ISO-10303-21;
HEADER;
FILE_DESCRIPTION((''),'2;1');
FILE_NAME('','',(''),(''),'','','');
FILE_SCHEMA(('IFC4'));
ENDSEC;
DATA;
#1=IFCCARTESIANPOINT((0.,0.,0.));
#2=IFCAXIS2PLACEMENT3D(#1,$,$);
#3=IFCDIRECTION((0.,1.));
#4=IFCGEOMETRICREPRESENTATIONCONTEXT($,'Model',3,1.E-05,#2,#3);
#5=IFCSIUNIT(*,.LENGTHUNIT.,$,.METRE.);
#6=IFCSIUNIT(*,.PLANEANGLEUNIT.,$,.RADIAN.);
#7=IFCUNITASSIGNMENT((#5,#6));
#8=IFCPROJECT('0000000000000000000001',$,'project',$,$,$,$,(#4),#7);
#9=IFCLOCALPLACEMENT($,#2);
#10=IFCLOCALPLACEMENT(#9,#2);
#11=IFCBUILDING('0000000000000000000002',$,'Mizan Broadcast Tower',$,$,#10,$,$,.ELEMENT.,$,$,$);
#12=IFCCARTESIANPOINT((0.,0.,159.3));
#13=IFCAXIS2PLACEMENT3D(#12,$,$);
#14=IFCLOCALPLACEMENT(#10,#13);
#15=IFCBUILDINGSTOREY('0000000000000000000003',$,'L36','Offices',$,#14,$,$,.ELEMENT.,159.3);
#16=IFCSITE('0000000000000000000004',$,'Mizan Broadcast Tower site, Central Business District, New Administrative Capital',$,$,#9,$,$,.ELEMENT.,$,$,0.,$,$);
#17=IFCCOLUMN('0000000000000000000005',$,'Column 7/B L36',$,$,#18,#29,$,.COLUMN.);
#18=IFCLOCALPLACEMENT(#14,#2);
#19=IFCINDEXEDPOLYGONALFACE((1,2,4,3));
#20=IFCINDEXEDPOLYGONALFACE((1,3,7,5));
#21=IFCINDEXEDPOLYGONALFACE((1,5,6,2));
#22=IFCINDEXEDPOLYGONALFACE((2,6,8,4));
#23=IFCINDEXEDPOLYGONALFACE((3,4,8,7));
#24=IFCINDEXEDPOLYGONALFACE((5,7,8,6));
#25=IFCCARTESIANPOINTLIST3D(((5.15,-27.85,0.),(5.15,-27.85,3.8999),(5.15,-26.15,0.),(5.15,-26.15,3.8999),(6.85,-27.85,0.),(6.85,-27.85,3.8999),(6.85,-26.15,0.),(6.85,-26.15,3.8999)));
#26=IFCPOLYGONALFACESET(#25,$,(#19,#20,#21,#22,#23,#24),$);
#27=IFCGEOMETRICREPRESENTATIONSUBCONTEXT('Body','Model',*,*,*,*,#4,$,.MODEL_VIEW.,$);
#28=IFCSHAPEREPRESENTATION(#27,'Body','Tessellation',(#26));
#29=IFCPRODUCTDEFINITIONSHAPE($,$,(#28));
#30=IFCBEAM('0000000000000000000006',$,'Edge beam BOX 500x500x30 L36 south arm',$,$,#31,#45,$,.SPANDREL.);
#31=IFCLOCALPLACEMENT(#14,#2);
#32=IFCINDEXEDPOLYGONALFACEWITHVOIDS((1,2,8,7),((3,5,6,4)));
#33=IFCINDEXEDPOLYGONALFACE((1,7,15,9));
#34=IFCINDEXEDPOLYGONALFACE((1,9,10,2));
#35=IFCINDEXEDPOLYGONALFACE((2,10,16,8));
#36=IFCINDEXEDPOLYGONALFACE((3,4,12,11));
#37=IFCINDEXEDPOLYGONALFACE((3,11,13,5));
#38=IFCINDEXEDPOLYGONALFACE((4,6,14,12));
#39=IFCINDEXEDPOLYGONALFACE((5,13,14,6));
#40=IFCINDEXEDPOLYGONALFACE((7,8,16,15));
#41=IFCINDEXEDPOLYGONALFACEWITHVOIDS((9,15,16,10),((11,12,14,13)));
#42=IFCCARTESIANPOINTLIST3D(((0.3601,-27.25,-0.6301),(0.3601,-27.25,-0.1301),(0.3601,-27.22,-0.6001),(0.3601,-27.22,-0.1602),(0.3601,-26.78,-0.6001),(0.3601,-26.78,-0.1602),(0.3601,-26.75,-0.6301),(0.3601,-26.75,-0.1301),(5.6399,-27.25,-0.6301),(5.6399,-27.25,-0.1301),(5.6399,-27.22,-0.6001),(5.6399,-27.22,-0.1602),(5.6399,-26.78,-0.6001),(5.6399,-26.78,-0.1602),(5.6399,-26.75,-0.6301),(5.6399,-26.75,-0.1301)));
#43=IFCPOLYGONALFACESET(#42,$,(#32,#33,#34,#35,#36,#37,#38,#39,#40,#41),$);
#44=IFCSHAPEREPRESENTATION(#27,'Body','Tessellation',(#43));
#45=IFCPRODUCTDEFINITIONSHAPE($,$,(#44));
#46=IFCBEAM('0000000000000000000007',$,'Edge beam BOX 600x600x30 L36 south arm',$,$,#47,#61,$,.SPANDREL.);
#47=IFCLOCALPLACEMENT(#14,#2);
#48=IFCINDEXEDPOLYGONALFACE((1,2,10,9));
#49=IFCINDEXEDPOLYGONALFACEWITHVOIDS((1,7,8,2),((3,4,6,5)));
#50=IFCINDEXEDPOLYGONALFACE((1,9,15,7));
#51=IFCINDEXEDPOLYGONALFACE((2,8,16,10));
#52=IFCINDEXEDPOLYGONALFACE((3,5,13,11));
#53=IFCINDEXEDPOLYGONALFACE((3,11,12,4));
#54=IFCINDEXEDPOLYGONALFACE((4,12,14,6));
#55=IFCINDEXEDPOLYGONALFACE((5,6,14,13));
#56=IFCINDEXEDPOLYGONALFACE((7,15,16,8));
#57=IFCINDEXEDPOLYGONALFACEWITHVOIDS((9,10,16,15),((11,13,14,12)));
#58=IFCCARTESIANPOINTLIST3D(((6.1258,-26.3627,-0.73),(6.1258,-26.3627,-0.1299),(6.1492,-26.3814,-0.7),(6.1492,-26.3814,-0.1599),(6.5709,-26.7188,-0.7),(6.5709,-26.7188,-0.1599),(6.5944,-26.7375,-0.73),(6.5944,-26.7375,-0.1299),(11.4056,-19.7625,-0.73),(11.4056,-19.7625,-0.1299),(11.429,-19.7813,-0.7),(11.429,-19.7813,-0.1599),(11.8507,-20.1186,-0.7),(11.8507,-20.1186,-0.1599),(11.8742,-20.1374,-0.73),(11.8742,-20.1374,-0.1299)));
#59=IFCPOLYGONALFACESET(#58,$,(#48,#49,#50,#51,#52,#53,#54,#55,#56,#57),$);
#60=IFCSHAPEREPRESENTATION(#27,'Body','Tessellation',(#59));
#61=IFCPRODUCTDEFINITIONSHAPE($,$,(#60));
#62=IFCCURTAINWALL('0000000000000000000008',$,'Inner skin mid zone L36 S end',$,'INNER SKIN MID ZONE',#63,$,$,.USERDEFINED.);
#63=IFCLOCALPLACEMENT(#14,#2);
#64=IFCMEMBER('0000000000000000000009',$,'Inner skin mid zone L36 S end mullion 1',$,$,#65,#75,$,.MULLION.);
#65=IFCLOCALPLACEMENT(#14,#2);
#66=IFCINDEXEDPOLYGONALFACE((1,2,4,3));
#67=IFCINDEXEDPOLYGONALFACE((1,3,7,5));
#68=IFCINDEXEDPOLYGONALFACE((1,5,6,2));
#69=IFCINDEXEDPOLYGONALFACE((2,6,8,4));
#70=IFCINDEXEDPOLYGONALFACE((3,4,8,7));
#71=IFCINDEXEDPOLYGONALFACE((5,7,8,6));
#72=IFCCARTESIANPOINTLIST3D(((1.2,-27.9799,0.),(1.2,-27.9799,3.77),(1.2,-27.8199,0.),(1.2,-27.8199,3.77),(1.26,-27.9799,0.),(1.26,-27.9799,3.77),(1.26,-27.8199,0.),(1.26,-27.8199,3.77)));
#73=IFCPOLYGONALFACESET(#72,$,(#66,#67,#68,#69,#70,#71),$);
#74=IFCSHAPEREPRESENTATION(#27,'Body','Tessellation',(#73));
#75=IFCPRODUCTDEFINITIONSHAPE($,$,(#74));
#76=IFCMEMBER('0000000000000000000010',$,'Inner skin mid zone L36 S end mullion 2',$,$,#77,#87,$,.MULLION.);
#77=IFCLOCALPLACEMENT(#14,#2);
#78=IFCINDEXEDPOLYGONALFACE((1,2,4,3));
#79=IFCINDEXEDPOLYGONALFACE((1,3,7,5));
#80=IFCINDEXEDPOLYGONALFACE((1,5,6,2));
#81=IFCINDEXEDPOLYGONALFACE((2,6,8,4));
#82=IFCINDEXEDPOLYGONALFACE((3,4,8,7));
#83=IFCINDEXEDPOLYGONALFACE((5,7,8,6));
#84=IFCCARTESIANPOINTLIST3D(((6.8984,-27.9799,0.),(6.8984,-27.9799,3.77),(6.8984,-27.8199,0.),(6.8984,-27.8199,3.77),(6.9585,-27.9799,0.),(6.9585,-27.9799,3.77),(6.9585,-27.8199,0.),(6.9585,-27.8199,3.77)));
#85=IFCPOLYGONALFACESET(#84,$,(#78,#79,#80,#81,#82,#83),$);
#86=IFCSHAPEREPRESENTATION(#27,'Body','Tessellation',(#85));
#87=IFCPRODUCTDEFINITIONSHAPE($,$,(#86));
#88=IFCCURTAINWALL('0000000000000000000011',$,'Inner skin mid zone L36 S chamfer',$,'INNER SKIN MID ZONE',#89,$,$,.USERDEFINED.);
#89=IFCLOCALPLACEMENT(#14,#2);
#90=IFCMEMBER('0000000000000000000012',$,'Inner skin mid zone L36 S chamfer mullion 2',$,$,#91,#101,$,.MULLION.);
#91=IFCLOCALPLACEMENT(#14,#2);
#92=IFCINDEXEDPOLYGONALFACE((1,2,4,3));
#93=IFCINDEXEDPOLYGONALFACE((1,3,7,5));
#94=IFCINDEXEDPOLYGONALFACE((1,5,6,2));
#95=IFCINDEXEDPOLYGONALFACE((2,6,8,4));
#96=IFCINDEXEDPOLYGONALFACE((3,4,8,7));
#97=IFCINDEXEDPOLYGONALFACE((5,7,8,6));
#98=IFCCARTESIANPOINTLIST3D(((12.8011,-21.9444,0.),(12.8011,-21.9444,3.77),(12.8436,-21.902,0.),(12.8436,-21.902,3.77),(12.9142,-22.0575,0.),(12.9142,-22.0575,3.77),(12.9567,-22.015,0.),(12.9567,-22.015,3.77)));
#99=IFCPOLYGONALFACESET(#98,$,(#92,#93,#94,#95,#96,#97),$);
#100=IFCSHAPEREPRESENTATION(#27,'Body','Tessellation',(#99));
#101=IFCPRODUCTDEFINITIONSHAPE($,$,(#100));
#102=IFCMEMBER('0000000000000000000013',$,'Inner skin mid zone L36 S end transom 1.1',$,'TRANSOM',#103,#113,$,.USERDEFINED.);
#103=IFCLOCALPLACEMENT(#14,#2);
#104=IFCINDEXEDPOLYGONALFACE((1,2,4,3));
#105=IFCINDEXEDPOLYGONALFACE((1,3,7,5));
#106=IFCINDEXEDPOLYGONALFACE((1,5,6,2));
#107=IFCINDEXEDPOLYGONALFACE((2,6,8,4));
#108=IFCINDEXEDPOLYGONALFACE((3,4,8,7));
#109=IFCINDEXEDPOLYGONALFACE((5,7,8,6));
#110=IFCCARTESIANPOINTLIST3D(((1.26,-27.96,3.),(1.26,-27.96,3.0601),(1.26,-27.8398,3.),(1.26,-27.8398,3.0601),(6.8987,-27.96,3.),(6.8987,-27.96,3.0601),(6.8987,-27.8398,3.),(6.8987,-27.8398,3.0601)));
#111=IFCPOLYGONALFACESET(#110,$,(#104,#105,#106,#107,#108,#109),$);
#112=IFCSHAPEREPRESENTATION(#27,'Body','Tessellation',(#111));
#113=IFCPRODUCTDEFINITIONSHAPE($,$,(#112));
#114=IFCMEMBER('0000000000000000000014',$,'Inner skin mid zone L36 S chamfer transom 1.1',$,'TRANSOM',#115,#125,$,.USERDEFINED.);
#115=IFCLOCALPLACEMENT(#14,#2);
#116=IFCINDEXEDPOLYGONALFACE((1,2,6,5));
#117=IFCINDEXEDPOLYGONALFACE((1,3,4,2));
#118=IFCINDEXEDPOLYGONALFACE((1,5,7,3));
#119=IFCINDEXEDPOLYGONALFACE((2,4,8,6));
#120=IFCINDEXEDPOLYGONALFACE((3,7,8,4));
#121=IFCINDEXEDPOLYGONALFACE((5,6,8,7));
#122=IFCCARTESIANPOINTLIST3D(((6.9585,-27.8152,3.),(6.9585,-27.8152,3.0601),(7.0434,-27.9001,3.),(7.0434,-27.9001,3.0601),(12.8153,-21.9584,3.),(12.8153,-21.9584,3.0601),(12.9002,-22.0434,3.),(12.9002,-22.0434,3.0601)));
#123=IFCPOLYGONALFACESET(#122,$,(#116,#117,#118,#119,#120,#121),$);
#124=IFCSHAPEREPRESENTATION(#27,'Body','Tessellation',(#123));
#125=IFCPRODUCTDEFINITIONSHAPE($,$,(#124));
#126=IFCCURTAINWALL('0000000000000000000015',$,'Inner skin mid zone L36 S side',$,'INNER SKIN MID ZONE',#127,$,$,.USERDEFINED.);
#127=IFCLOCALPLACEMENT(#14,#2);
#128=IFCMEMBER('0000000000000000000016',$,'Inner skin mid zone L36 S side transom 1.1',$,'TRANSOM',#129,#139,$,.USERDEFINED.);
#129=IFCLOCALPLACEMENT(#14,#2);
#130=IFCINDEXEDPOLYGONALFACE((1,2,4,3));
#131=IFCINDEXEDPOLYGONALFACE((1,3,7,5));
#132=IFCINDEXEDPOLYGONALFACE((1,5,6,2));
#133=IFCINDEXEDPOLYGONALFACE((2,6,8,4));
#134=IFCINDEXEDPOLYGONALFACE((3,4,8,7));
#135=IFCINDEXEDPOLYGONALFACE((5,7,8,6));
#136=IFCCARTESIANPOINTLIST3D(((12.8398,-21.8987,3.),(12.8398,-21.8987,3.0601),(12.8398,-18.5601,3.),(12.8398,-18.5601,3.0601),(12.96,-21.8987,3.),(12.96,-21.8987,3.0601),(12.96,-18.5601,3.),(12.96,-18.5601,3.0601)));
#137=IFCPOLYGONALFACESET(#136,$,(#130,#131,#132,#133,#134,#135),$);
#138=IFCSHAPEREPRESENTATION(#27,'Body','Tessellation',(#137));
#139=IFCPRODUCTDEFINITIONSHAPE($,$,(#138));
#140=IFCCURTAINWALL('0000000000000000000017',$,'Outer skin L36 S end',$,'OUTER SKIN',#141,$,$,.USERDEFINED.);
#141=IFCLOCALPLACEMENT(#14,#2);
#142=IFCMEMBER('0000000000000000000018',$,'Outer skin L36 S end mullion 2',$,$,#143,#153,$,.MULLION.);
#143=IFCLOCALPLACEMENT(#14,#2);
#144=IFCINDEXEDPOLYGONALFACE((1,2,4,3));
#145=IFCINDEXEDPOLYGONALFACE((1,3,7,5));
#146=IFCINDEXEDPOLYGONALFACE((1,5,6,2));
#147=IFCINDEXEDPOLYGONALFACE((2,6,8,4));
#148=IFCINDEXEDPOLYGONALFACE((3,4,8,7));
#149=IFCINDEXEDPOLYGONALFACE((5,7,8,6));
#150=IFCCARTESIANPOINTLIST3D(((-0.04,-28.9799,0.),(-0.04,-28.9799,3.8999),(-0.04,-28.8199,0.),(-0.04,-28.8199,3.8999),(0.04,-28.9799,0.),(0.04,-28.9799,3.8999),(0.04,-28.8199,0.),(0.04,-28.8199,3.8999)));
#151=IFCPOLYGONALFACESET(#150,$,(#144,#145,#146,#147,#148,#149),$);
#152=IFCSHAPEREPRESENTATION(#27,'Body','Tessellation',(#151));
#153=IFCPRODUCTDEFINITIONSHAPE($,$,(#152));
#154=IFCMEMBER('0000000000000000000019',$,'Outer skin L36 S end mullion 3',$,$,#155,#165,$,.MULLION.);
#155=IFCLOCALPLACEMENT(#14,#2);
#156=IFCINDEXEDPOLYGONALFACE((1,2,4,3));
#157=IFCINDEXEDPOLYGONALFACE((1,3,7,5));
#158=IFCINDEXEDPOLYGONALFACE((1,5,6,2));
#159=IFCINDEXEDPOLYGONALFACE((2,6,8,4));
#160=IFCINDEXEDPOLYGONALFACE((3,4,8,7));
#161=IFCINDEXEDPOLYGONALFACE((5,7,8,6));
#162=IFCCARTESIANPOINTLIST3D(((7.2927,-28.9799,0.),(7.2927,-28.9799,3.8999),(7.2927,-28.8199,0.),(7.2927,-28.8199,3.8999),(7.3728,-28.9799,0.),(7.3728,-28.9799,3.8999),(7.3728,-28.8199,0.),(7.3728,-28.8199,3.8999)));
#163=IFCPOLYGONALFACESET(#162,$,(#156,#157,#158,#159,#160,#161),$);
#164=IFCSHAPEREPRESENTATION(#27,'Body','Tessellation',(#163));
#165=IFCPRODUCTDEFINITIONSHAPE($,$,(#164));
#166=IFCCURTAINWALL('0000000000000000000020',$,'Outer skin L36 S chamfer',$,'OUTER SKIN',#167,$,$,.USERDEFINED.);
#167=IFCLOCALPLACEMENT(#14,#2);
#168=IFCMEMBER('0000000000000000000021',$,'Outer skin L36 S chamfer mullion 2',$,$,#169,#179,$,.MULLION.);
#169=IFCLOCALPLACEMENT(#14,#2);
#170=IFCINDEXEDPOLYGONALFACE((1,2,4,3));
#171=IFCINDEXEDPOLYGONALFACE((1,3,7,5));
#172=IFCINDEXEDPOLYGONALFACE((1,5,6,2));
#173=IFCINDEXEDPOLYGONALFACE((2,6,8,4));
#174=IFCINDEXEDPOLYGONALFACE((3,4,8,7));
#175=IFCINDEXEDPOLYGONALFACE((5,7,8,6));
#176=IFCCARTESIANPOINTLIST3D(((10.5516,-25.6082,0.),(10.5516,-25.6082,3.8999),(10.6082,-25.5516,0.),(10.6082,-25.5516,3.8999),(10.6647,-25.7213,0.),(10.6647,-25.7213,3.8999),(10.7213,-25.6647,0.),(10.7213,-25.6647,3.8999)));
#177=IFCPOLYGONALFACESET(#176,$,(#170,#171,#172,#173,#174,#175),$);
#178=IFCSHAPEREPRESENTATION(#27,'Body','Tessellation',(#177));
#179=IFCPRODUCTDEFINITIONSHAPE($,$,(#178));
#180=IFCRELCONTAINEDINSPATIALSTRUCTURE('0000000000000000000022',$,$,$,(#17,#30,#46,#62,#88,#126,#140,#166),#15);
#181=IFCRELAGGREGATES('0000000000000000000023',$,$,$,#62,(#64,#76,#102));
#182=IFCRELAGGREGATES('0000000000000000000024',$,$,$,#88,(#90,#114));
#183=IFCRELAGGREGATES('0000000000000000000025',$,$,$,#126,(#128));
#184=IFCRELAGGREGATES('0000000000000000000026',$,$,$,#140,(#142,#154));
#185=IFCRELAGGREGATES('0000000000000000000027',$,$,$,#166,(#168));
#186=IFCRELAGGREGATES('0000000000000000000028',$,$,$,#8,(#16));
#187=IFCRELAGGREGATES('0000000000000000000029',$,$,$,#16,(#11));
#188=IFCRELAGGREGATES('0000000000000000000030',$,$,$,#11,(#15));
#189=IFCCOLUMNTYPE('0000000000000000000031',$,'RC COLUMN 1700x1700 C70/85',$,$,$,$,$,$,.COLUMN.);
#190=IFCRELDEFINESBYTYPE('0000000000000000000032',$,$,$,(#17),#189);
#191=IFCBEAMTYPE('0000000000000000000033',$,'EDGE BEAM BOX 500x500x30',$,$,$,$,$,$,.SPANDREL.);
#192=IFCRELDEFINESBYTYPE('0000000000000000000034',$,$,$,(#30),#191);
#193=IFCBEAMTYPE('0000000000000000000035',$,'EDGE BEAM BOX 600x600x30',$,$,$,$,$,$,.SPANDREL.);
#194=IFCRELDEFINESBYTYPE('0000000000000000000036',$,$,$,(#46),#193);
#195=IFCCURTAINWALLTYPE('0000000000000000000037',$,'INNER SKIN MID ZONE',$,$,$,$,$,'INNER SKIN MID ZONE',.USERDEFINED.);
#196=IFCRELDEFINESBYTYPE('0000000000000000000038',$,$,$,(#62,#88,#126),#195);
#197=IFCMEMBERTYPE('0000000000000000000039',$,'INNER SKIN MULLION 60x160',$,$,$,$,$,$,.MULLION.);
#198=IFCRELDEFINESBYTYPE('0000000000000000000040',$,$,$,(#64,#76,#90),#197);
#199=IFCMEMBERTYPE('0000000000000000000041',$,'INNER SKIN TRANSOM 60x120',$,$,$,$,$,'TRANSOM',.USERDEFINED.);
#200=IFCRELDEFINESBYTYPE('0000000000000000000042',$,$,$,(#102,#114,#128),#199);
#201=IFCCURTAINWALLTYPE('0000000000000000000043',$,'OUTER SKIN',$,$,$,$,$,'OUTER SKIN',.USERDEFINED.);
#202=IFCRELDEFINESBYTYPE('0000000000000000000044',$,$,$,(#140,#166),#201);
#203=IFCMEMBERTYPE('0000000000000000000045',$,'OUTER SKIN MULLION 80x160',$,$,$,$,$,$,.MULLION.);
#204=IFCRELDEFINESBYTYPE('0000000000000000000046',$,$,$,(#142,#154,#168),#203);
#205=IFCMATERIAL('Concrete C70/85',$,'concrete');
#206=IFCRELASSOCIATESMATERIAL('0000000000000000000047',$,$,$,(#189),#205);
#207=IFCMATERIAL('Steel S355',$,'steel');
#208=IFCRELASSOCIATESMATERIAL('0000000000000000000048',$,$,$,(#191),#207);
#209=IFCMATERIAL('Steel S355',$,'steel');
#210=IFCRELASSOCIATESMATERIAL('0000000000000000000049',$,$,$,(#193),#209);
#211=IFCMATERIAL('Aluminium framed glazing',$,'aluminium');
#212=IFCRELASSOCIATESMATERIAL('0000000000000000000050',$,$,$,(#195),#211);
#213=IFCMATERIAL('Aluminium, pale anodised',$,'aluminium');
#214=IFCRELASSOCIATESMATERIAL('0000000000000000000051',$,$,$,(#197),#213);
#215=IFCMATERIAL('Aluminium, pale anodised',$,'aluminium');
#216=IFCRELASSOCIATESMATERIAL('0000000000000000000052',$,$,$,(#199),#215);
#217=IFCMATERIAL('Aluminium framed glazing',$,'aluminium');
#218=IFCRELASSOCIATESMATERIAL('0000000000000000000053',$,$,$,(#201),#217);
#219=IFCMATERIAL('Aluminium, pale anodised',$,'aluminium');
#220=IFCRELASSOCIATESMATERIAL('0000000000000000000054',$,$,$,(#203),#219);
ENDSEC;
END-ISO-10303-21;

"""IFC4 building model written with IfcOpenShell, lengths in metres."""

from ifc_helpers import new_model, si_unit, direction, frame, origin, origin_2d, place, context, subcontext, project, spatial, rectangle, hollow_rectangle, extrude, material, material_profile, profile_set, type_object, element, aggregate, save


model = new_model("IFC4")

# Units and contexts
model_context = context("Model", 3, precision=1e-05, world=origin(), true_north=direction((0.0, 1.0)))
body_context = subcontext(model_context, "Body", "Model", "MODEL_VIEW")
ifc_project = project(units=[si_unit("LENGTHUNIT", "METRE"), si_unit("PLANEANGLEUNIT", "RADIAN")], contexts=[model_context])

# Site, building, storey
site_placement = place(None, origin())
site = spatial("IfcSite", under=ifc_project, at=site_placement, Name="Mizan Broadcast Tower site, Central Business District, New Administrative Capital", CompositionType="ELEMENT", RefElevation=0.0)
building_placement = place(site_placement, origin())
building = spatial("IfcBuilding", under=site, at=building_placement, Name="Mizan Broadcast Tower", CompositionType="ELEMENT")
storey_placement = place(building_placement, frame((0.0, 0.0, 159.3)))
storey = spatial("IfcBuildingStorey", under=building, at=storey_placement, Name="L36", Description="Offices", CompositionType="ELEMENT", Elevation=159.3)

# Column
ifc_material_1 = material(Name="Concrete C70/85", Category="concrete")
ifc_material_profile_1 = material_profile(ifc_material_1, rectangle(XDim=1.7, YDim=1.7, at=origin_2d()), Name="RC 1700x1700")
ifc_profile_set_1 = profile_set([ifc_material_profile_1], Name="Concrete C70/85")
column_type = type_object("IfcColumnType", Name="RC COLUMN 1700x1700 C70/85", PredefinedType="COLUMN", material=ifc_profile_set_1)
column_placement = place(storey_placement, frame((6.0, -27.0, 0.0), z_axis=(0.0, 0.0, 1.0), x_axis=(1.0, 0.0, 0.0)))
element("IfcColumn", 1, at=column_placement, inside=storey, type_object=column_type, Name="Column 7/B L36", PredefinedType="COLUMN", context=body_context, shape_type="SweptSolid", body=[
    extrude(rectangle(XDim=1.7, YDim=1.7, at=origin_2d()), origin(), (0.0, 0.0, 1.0), 3.8999),
])

# Beams
ifc_material_2 = material(Name="Steel S355", Category="steel")
ifc_material_profile_2 = material_profile(ifc_material_2, hollow_rectangle(XDim=0.5, YDim=0.5, WallThickness=0.03, at=origin_2d()), Name="BOX 500x500x30")
ifc_profile_set_2 = profile_set([ifc_material_profile_2], Name="Steel S355")
beam_type_1 = type_object("IfcBeamType", Name="EDGE BEAM BOX 500x500x30", PredefinedType="SPANDREL", material=ifc_profile_set_2)
beam_1_placement = place(storey_placement, frame((5.6399, -27.0, -0.3801), z_axis=(-1.0, 0.0, 0.0), x_axis=(0.0, -1.0, 0.0)))
element("IfcBeam", 2, at=beam_1_placement, inside=storey, type_object=beam_type_1, Name="Edge beam BOX 500x500x30 L36 south arm", PredefinedType="SPANDREL", context=body_context, shape_type="SweptSolid", body=[
    extrude(hollow_rectangle(XDim=0.5, YDim=0.5, WallThickness=0.03, at=origin_2d()), origin(), (0.0, 0.0, 1.0), 5.2798),
])
ifc_material_3 = material(Name="Steel S355", Category="steel")
ifc_material_profile_3 = material_profile(ifc_material_3, hollow_rectangle(XDim=0.6001, YDim=0.6001, WallThickness=0.03, at=origin_2d()), Name="BOX 600x600x30")
ifc_profile_set_3 = profile_set([ifc_material_profile_3], Name="Steel S355")
beam_type_2 = type_object("IfcBeamType", Name="EDGE BEAM BOX 600x600x30", PredefinedType="SPANDREL", material=ifc_profile_set_3)
beam_2_placement = place(storey_placement, frame((11.6399, -19.95, -0.4299), z_axis=(-0.624674, -0.780886, 0.0), x_axis=(0.780886, -0.624674, 0.0)))
element("IfcBeam", 3, at=beam_2_placement, inside=storey, type_object=beam_type_2, Name="Edge beam BOX 600x600x30 L36 south arm", PredefinedType="SPANDREL", context=body_context, shape_type="SweptSolid", body=[
    extrude(hollow_rectangle(XDim=0.6001, YDim=0.6001, WallThickness=0.03, at=origin_2d()), origin(), (0.0, 0.0, 1.0), 8.4521),
])

# Curtain wall, members
ifc_material_4 = material(Name="Aluminium framed glazing", Category="aluminium")
curtain_wall_type_1 = type_object("IfcCurtainWallType", Name="INNER SKIN MID ZONE", ElementType="INNER SKIN MID ZONE", PredefinedType="USERDEFINED", material=ifc_material_4)
curtain_wall_1_placement = place(storey_placement, origin())
curtain_wall_1 = element("IfcCurtainWall", 4, at=curtain_wall_1_placement, inside=storey, type_object=curtain_wall_type_1, Name="Inner skin mid zone L36 S end", ObjectType="INNER SKIN MID ZONE", PredefinedType="USERDEFINED")
ifc_material_5 = material(Name="Aluminium, pale anodised", Category="aluminium")
ifc_material_profile_4 = material_profile(ifc_material_5, rectangle(XDim=0.1599, YDim=0.0601, at=origin_2d()), Name="MULLION 160x60")
ifc_profile_set_4 = profile_set([ifc_material_profile_4], Name="Aluminium, pale anodised")
member_type_1 = type_object("IfcMemberType", Name="INNER SKIN MULLION 60x160", PredefinedType="MULLION", material=ifc_profile_set_4)
member_1_placement = place(storey_placement, frame((1.23, -27.8999, 0.0), z_axis=(0.0, 0.0, 1.0), x_axis=(0.0, 1.0, 0.0)))
member_1 = element("IfcMember", 5, at=member_1_placement, type_object=member_type_1, Name="Inner skin mid zone L36 S end mullion 1", PredefinedType="MULLION", context=body_context, shape_type="SweptSolid", body=[
    extrude(rectangle(XDim=0.1599, YDim=0.0601, at=origin_2d()), origin(), (0.0, 0.0, 1.0), 3.77),
])
member_2_placement = place(storey_placement, frame((6.9285, -27.8999, 0.0), z_axis=(0.0, 0.0, 1.0), x_axis=(0.0, 1.0, 0.0)))
member_2 = element("IfcMember", 6, at=member_2_placement, type_object=member_type_1, Name="Inner skin mid zone L36 S end mullion 2", PredefinedType="MULLION", context=body_context, shape_type="SweptSolid", body=[
    extrude(rectangle(XDim=0.1599, YDim=0.0601, at=origin_2d()), origin(), (0.0, 0.0, 1.0), 3.77),
])

# Curtain wall, member
curtain_wall_2_placement = place(storey_placement, origin())
curtain_wall_2 = element("IfcCurtainWall", 7, at=curtain_wall_2_placement, inside=storey, type_object=curtain_wall_type_1, Name="Inner skin mid zone L36 S chamfer", ObjectType="INNER SKIN MID ZONE", PredefinedType="USERDEFINED")
member_3_placement = place(storey_placement, frame((12.8789, -21.9797, 0.0), z_axis=(0.0, 0.0, 1.0), x_axis=(-0.707107, 0.707107, 0.0)))
member_3 = element("IfcMember", 8, at=member_3_placement, type_object=member_type_1, Name="Inner skin mid zone L36 S chamfer mullion 2", PredefinedType="MULLION", context=body_context, shape_type="SweptSolid", body=[
    extrude(rectangle(XDim=0.1599, YDim=0.0601, at=origin_2d()), origin(), (0.0, 0.0, 1.0), 3.77),
])

# Members
ifc_material_6 = material(Name="Aluminium, pale anodised", Category="aluminium")
ifc_material_profile_5 = material_profile(ifc_material_6, rectangle(XDim=0.1201, YDim=0.0601, at=origin_2d()), Name="TRANSOM 120x60")
ifc_profile_set_5 = profile_set([ifc_material_profile_5], Name="Aluminium, pale anodised")
member_type_2 = type_object("IfcMemberType", Name="INNER SKIN TRANSOM 60x120", ElementType="TRANSOM", PredefinedType="USERDEFINED", material=ifc_profile_set_5)
member_4_placement = place(storey_placement, frame((1.26, -27.8999, 3.03), z_axis=(1.0, 0.0, 0.0), x_axis=(0.0, 1.0, 0.0)))
member_4 = element("IfcMember", 9, at=member_4_placement, type_object=member_type_2, Name="Inner skin mid zone L36 S end transom 1.1", ObjectType="TRANSOM", PredefinedType="USERDEFINED", context=body_context, shape_type="SweptSolid", body=[
    extrude(rectangle(XDim=0.1201, YDim=0.0601, at=origin_2d()), origin(), (0.0, 0.0, 1.0), 5.6387),
])
member_5_placement = place(storey_placement, frame((7.001, -27.8577, 3.03), z_axis=(0.707107, 0.707107, 0.0), x_axis=(-0.707107, 0.707107, 0.0)))
member_5 = element("IfcMember", 10, at=member_5_placement, type_object=member_type_2, Name="Inner skin mid zone L36 S chamfer transom 1.1", ObjectType="TRANSOM", PredefinedType="USERDEFINED", context=body_context, shape_type="SweptSolid", body=[
    extrude(rectangle(XDim=0.1201, YDim=0.0601, at=origin_2d()), origin(), (0.0, 0.0, 1.0), 8.2827),
])

# Curtain wall, member
curtain_wall_3_placement = place(storey_placement, origin())
curtain_wall_3 = element("IfcCurtainWall", 11, at=curtain_wall_3_placement, inside=storey, type_object=curtain_wall_type_1, Name="Inner skin mid zone L36 S side", ObjectType="INNER SKIN MID ZONE", PredefinedType="USERDEFINED")
member_6_placement = place(storey_placement, frame((12.8999, -21.8987, 3.03), z_axis=(0.0, 1.0, 0.0), x_axis=(-1.0, 0.0, 0.0)))
member_6 = element("IfcMember", 12, at=member_6_placement, type_object=member_type_2, Name="Inner skin mid zone L36 S side transom 1.1", ObjectType="TRANSOM", PredefinedType="USERDEFINED", context=body_context, shape_type="SweptSolid", body=[
    extrude(rectangle(XDim=0.1201, YDim=0.0601, at=origin_2d()), origin(), (0.0, 0.0, 1.0), 3.3386),
])

# Curtain wall, members
ifc_material_7 = material(Name="Aluminium framed glazing", Category="aluminium")
curtain_wall_type_2 = type_object("IfcCurtainWallType", Name="OUTER SKIN", ElementType="OUTER SKIN", PredefinedType="USERDEFINED", material=ifc_material_7)
curtain_wall_4_placement = place(storey_placement, origin())
curtain_wall_4 = element("IfcCurtainWall", 13, at=curtain_wall_4_placement, inside=storey, type_object=curtain_wall_type_2, Name="Outer skin L36 S end", ObjectType="OUTER SKIN", PredefinedType="USERDEFINED")
ifc_material_8 = material(Name="Aluminium, pale anodised", Category="aluminium")
ifc_material_profile_6 = material_profile(ifc_material_8, rectangle(XDim=0.1599, YDim=0.0801, at=origin_2d()), Name="MULLION 160x80")
ifc_profile_set_6 = profile_set([ifc_material_profile_6], Name="Aluminium, pale anodised")
member_type_3 = type_object("IfcMemberType", Name="OUTER SKIN MULLION 80x160", PredefinedType="MULLION", material=ifc_profile_set_6)
member_7_placement = place(storey_placement, frame((0.0, -28.8999, 0.0), z_axis=(0.0, 0.0, 1.0), x_axis=(0.0, 1.0, 0.0)))
member_7 = element("IfcMember", 14, at=member_7_placement, type_object=member_type_3, Name="Outer skin L36 S end mullion 2", PredefinedType="MULLION", context=body_context, shape_type="SweptSolid", body=[
    extrude(rectangle(XDim=0.1599, YDim=0.0801, at=origin_2d()), origin(), (0.0, 0.0, 1.0), 3.8999),
])
member_8_placement = place(storey_placement, frame((7.3328, -28.8999, 0.0), z_axis=(0.0, 0.0, 1.0), x_axis=(0.0, 1.0, 0.0)))
member_8 = element("IfcMember", 15, at=member_8_placement, type_object=member_type_3, Name="Outer skin L36 S end mullion 3", PredefinedType="MULLION", context=body_context, shape_type="SweptSolid", body=[
    extrude(rectangle(XDim=0.1599, YDim=0.0801, at=origin_2d()), origin(), (0.0, 0.0, 1.0), 3.8999),
])

# Curtain wall, member
curtain_wall_5_placement = place(storey_placement, origin())
curtain_wall_5 = element("IfcCurtainWall", 16, at=curtain_wall_5_placement, inside=storey, type_object=curtain_wall_type_2, Name="Outer skin L36 S chamfer", ObjectType="OUTER SKIN", PredefinedType="USERDEFINED")
member_9_placement = place(storey_placement, frame((10.6365, -25.6365, 0.0), z_axis=(0.0, 0.0, 1.0), x_axis=(-0.707107, 0.707107, 0.0)))
member_9 = element("IfcMember", 17, at=member_9_placement, type_object=member_type_3, Name="Outer skin L36 S chamfer mullion 2", PredefinedType="MULLION", context=body_context, shape_type="SweptSolid", body=[
    extrude(rectangle(XDim=0.1599, YDim=0.0801, at=origin_2d()), origin(), (0.0, 0.0, 1.0), 3.8999),
])

aggregate(curtain_wall_1, [member_1, member_2, member_4])
aggregate(curtain_wall_2, [member_3, member_5])
aggregate(curtain_wall_3, [member_6])
aggregate(curtain_wall_4, [member_7, member_8])
aggregate(curtain_wall_5, [member_9])

save(model, "model.ifc")
